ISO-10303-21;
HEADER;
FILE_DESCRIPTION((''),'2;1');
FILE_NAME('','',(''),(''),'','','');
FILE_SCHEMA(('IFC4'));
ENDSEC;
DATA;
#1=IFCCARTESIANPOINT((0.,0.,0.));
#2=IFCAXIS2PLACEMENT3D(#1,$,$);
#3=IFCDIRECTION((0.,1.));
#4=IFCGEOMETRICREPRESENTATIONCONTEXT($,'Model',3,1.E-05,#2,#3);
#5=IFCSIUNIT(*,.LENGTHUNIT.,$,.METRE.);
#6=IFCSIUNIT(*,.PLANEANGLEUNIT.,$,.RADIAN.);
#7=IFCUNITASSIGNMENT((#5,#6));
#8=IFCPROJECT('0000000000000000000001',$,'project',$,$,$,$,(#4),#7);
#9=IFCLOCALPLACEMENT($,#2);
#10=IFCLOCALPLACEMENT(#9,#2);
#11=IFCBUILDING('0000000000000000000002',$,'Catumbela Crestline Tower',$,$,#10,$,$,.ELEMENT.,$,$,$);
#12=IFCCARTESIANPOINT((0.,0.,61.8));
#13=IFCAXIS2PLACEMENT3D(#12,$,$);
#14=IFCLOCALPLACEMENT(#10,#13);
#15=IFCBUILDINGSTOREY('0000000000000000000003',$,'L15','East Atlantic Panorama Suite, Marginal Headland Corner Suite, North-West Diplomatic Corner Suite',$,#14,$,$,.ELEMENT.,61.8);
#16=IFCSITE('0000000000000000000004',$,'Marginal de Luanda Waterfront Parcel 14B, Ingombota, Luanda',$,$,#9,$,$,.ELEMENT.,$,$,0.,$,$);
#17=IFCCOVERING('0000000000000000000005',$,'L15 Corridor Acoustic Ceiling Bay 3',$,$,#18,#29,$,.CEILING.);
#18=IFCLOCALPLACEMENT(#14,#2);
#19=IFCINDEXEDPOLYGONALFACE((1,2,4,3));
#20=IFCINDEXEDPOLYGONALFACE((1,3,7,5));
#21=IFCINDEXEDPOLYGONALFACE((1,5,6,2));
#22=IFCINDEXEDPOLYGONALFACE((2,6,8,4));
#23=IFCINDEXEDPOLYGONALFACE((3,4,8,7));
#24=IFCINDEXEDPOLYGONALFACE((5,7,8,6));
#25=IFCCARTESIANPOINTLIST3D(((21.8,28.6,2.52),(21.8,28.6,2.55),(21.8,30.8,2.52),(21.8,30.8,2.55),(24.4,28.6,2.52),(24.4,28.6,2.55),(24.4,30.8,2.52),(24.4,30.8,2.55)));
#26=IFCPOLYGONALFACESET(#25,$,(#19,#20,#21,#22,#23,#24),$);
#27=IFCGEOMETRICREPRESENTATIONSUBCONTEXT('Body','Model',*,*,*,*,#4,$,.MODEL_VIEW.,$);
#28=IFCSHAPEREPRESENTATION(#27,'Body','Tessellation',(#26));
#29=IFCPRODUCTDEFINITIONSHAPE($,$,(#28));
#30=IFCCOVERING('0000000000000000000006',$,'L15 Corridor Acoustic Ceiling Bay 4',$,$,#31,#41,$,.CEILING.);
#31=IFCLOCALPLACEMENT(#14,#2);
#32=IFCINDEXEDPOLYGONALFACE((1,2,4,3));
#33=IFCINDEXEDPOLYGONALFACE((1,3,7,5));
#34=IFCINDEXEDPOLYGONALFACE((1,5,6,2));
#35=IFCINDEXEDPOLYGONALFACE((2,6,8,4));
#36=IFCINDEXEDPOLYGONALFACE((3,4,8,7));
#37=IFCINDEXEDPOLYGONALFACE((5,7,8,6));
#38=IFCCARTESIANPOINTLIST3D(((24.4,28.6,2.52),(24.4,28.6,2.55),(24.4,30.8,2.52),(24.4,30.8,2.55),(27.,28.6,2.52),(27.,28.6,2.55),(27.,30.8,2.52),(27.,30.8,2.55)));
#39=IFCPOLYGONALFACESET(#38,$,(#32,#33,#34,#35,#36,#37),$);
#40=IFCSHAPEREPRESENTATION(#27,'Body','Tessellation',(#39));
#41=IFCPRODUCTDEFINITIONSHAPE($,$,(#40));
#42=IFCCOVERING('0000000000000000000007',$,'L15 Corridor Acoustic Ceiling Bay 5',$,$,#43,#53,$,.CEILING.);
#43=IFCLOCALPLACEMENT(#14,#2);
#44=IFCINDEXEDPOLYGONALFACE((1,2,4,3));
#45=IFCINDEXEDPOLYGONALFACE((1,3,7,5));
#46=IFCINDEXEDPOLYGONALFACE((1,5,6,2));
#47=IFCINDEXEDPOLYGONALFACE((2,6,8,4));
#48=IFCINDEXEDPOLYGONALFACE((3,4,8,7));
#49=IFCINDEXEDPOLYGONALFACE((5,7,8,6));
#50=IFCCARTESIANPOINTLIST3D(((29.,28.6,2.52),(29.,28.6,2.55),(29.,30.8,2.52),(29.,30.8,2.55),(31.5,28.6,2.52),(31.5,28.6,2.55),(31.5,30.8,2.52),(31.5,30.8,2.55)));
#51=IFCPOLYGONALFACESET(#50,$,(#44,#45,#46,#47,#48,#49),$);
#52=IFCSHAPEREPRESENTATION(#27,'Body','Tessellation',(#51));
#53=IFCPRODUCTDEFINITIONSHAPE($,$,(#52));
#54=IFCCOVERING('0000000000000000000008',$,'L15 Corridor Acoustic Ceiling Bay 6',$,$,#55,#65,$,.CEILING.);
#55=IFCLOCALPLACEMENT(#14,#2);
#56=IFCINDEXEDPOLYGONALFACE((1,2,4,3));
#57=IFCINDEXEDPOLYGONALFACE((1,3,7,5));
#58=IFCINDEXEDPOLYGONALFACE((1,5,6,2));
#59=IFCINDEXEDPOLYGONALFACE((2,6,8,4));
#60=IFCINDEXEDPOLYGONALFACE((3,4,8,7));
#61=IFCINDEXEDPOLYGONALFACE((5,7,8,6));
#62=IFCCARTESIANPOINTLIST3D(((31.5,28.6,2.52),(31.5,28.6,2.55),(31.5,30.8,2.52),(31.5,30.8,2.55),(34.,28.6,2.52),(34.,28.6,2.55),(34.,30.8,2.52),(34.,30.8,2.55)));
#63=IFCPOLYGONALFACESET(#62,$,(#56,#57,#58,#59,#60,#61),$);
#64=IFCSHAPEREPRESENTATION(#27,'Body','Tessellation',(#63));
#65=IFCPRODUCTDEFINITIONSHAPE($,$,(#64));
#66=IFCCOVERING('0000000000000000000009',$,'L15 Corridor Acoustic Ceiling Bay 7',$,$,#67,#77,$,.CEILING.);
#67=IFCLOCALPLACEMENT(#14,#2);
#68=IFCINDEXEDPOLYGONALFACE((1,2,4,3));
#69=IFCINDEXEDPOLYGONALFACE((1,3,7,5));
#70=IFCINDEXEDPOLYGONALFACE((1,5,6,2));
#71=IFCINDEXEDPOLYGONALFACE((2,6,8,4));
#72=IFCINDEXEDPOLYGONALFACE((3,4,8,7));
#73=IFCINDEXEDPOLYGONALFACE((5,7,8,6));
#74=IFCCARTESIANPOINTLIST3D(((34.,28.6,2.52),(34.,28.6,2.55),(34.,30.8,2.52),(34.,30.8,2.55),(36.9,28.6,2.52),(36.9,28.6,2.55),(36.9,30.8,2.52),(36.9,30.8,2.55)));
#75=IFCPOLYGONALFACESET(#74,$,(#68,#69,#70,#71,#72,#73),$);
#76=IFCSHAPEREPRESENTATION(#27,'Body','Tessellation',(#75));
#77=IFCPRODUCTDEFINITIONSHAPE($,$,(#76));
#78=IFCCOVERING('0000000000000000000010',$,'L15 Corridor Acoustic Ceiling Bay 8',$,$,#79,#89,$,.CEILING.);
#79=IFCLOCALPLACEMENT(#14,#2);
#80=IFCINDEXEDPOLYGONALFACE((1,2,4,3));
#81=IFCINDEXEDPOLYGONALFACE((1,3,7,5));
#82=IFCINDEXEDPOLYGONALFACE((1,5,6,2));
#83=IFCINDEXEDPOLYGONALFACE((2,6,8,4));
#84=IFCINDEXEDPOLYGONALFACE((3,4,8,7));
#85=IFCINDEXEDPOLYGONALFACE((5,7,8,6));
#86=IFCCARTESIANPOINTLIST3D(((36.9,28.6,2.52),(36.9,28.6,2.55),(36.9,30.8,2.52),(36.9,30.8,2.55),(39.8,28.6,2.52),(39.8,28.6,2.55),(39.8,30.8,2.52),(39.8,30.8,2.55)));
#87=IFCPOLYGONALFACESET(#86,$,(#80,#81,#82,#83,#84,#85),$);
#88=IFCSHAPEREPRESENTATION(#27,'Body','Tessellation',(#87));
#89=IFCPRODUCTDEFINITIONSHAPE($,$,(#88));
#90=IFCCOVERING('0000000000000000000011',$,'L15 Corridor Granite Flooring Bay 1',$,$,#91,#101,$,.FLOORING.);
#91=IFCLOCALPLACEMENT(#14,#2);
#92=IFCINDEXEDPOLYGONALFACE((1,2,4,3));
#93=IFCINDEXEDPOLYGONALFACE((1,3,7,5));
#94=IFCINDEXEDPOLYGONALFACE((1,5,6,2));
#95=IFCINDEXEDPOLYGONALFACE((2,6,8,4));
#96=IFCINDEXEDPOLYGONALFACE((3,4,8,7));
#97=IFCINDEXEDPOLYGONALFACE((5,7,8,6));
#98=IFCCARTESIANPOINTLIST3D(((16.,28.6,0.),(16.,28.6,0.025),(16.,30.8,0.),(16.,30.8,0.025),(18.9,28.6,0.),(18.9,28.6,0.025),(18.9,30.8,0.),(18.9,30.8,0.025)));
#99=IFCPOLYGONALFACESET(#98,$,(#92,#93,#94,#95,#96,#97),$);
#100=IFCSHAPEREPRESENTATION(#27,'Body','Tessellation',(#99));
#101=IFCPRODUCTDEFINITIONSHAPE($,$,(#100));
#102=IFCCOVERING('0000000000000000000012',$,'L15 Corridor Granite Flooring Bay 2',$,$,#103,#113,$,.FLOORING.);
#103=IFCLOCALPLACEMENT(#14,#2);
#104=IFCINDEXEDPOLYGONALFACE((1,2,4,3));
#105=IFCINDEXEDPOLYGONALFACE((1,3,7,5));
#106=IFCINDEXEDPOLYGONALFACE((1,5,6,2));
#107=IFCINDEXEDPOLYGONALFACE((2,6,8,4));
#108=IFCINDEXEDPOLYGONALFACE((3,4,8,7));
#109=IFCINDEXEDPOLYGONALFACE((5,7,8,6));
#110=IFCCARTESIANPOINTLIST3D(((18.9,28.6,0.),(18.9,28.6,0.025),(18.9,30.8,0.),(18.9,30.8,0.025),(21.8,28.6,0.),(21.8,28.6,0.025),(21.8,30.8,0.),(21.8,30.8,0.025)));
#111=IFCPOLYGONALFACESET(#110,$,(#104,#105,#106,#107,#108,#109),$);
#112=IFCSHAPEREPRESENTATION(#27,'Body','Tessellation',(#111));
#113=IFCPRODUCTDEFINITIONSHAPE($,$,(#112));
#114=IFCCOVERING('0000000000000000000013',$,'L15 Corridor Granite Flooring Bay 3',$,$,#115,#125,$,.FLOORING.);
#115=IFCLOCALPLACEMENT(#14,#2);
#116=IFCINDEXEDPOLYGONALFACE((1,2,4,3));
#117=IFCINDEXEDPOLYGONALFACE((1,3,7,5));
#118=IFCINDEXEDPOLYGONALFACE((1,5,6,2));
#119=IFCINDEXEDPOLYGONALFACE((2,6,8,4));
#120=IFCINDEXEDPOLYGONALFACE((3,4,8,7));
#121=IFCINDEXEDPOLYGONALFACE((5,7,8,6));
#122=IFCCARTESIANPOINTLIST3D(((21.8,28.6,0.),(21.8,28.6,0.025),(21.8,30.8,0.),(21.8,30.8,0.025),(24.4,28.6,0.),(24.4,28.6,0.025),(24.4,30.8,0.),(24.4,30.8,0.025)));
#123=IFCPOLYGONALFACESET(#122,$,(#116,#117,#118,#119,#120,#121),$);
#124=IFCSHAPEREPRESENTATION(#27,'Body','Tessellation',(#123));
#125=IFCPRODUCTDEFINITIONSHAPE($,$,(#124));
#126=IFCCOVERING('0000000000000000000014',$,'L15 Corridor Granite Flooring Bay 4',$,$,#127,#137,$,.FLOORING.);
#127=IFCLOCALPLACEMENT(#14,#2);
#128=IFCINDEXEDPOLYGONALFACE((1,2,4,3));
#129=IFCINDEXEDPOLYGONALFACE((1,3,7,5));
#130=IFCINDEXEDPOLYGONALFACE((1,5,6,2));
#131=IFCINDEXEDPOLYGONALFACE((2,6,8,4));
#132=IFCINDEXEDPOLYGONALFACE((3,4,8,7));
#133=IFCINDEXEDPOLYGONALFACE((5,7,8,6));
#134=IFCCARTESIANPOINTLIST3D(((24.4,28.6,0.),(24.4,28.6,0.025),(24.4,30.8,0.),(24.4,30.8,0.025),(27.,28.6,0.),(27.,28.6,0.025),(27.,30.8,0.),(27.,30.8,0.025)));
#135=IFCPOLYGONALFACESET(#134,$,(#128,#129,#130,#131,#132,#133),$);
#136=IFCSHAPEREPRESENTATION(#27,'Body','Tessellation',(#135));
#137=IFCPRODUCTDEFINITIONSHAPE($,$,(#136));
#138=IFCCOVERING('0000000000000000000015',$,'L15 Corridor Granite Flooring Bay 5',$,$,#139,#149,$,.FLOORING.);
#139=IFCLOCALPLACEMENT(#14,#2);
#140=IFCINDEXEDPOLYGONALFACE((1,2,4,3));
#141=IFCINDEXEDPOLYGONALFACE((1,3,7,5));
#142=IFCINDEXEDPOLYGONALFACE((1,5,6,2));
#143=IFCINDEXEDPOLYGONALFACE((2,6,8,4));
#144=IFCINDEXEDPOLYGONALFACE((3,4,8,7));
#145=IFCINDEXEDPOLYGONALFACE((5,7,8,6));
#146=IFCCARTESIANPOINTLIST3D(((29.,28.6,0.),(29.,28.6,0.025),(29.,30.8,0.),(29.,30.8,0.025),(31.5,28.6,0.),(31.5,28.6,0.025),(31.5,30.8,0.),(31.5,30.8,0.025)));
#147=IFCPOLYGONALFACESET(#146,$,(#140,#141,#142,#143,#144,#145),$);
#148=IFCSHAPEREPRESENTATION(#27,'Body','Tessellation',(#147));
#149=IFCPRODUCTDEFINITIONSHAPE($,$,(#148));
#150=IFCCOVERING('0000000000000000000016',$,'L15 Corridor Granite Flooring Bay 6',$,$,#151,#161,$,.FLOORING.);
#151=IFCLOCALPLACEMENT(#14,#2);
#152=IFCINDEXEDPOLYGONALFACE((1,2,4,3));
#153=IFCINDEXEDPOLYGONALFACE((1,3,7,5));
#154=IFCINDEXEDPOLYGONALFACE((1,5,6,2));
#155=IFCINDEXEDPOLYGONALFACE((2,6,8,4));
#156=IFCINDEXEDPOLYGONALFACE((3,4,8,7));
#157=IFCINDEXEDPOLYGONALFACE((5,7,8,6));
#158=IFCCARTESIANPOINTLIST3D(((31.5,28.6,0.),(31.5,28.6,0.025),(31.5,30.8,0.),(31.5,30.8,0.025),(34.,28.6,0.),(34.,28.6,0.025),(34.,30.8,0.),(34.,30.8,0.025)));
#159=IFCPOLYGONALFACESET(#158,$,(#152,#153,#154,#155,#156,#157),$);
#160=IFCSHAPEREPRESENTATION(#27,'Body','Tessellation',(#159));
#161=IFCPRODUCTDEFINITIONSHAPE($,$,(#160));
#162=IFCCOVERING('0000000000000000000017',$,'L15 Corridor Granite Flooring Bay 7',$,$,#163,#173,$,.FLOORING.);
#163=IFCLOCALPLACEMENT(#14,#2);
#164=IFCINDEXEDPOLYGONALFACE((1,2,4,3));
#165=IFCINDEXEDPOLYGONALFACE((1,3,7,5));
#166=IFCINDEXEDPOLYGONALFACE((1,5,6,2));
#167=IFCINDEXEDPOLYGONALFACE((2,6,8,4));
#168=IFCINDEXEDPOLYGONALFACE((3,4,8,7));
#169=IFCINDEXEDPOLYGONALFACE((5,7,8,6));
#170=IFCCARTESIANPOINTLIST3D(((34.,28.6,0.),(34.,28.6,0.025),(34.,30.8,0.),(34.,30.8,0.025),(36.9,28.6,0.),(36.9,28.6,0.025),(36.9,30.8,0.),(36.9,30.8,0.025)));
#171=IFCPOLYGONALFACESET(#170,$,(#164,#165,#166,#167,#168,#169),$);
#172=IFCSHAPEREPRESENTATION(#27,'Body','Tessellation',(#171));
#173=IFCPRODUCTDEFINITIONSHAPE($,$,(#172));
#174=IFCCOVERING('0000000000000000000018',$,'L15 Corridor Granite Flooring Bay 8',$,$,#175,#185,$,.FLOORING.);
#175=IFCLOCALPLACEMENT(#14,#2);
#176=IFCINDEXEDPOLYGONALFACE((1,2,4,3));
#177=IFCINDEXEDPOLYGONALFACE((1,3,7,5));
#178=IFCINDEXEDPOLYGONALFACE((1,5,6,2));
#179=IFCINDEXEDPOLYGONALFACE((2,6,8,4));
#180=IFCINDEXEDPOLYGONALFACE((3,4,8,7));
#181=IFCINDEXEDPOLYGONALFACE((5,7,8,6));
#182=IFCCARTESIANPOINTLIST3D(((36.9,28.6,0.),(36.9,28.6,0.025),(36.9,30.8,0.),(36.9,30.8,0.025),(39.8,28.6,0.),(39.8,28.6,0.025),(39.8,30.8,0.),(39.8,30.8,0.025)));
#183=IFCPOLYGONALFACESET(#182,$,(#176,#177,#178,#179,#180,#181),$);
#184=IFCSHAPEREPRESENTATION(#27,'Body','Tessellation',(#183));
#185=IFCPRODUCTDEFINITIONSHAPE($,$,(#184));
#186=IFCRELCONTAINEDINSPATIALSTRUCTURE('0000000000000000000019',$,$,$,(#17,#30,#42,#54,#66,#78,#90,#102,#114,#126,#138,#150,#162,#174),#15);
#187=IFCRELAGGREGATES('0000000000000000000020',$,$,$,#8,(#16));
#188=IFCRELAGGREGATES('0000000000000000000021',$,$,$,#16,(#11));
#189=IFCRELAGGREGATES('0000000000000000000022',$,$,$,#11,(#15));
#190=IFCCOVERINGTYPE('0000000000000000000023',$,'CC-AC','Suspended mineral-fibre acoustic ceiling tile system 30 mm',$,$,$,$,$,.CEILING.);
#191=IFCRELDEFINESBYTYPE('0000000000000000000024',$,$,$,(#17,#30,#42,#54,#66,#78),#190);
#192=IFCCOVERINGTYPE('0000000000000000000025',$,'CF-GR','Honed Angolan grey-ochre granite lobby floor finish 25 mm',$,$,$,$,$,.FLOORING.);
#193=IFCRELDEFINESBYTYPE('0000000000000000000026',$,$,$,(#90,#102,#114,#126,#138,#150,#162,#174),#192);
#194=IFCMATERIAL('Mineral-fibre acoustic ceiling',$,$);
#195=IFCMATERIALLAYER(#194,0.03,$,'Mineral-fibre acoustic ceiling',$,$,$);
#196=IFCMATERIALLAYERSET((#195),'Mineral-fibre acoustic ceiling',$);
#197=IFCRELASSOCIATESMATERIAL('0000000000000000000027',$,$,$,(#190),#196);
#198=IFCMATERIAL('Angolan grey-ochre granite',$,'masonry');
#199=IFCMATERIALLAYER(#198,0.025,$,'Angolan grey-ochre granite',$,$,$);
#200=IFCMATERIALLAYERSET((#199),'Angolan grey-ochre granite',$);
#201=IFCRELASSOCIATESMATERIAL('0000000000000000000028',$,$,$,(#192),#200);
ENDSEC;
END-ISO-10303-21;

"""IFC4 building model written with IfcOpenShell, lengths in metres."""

from ifc_helpers import new_model, si_unit, direction, frame, origin, place, context, subcontext, project, spatial, polyline, outline, extrude, material, layer, layer_set, type_object, element, save


model = new_model("IFC4")

# Units and contexts
model_context = context("Model", 3, precision=1e-05, world=origin(), true_north=direction((0.0, 1.0)))
body_context = subcontext(model_context, "Body", "Model", "MODEL_VIEW")
ifc_project = project(units=[si_unit("LENGTHUNIT", "METRE"), si_unit("PLANEANGLEUNIT", "RADIAN")], contexts=[model_context])

# Site, building, storey
site_placement = place(None, origin())
site = spatial("IfcSite", under=ifc_project, at=site_placement, Name="Marginal de Luanda Waterfront Parcel 14B, Ingombota, Luanda", CompositionType="ELEMENT", RefElevation=0.0)
building_placement = place(site_placement, origin())
building = spatial("IfcBuilding", under=site, at=building_placement, Name="Catumbela Crestline Tower", CompositionType="ELEMENT")
storey_placement = place(building_placement, frame((0.0, 0.0, 61.8)))
storey = spatial("IfcBuildingStorey", under=building, at=storey_placement, Name="L15", Description="East Atlantic Panorama Suite, Marginal Headland Corner Suite, North-West Diplomatic Corner Suite", CompositionType="ELEMENT", Elevation=61.8)

# Shared definitions
ifc_material_1 = material(Name="Angolan grey-ochre granite", Category="masonry")

# Coverings
ifc_material_2 = material(Name="Mineral-fibre acoustic ceiling")
ifc_layer_1 = layer(ifc_material_2, 0.03, Name="Mineral-fibre acoustic ceiling")
ifc_layer_set_1 = layer_set([ifc_layer_1], Name="Mineral-fibre acoustic ceiling")
covering_type_1 = type_object("IfcCoveringType", Name="CC-AC", Description="Suspended mineral-fibre acoustic ceiling tile system 30 mm", PredefinedType="CEILING", material=ifc_layer_set_1)
covering_1_placement = place(storey_placement, frame((0.0, 0.0, 2.52)))
element("IfcCovering", 1, at=covering_1_placement, inside=storey, type_object=covering_type_1, Name="L15 Corridor Acoustic Ceiling Bay 3", PredefinedType="CEILING", context=body_context, shape_type="SweptSolid", body=[
    extrude(outline(polyline([(21.8, 28.6), (24.4, 28.6), (24.4, 30.8), (21.8, 30.8), (21.8, 28.6)])), origin(), (0.0, 0.0, 1.0), 0.03),
])
covering_2_placement = place(storey_placement, frame((0.0, 0.0, 2.52)))
element("IfcCovering", 2, at=covering_2_placement, inside=storey, type_object=covering_type_1, Name="L15 Corridor Acoustic Ceiling Bay 4", PredefinedType="CEILING", context=body_context, shape_type="SweptSolid", body=[
    extrude(outline(polyline([(24.4, 28.6), (27.0, 28.6), (27.0, 30.8), (24.4, 30.8), (24.4, 28.6)])), origin(), (0.0, 0.0, 1.0), 0.03),
])
covering_3_placement = place(storey_placement, frame((0.0, 0.0, 2.52)))
element("IfcCovering", 3, at=covering_3_placement, inside=storey, type_object=covering_type_1, Name="L15 Corridor Acoustic Ceiling Bay 5", PredefinedType="CEILING", context=body_context, shape_type="SweptSolid", body=[
    extrude(outline(polyline([(29.0, 28.6), (31.5, 28.6), (31.5, 30.8), (29.0, 30.8), (29.0, 28.6)])), origin(), (0.0, 0.0, 1.0), 0.03),
])
covering_4_placement = place(storey_placement, frame((0.0, 0.0, 2.52)))
element("IfcCovering", 4, at=covering_4_placement, inside=storey, type_object=covering_type_1, Name="L15 Corridor Acoustic Ceiling Bay 6", PredefinedType="CEILING", context=body_context, shape_type="SweptSolid", body=[
    extrude(outline(polyline([(31.5, 28.6), (34.0, 28.6), (34.0, 30.8), (31.5, 30.8), (31.5, 28.6)])), origin(), (0.0, 0.0, 1.0), 0.03),
])
covering_5_placement = place(storey_placement, frame((0.0, 0.0, 2.52)))
element("IfcCovering", 5, at=covering_5_placement, inside=storey, type_object=covering_type_1, Name="L15 Corridor Acoustic Ceiling Bay 7", PredefinedType="CEILING", context=body_context, shape_type="SweptSolid", body=[
    extrude(outline(polyline([(34.0, 28.6), (36.9, 28.6), (36.9, 30.8), (34.0, 30.8), (34.0, 28.6)])), origin(), (0.0, 0.0, 1.0), 0.03),
])
covering_6_placement = place(storey_placement, frame((0.0, 0.0, 2.52)))
element("IfcCovering", 6, at=covering_6_placement, inside=storey, type_object=covering_type_1, Name="L15 Corridor Acoustic Ceiling Bay 8", PredefinedType="CEILING", context=body_context, shape_type="SweptSolid", body=[
    extrude(outline(polyline([(36.9, 28.6), (39.8, 28.6), (39.8, 30.8), (36.9, 30.8), (36.9, 28.6)])), origin(), (0.0, 0.0, 1.0), 0.03),
])
ifc_layer_2 = layer(ifc_material_1, 0.025, Name="Angolan grey-ochre granite")
ifc_layer_set_2 = layer_set([ifc_layer_2], Name="Angolan grey-ochre granite")
covering_type_2 = type_object("IfcCoveringType", Name="CF-GR", Description="Honed Angolan grey-ochre granite lobby floor finish 25 mm", PredefinedType="FLOORING", material=ifc_layer_set_2)
covering_7_placement = place(storey_placement, origin())
element("IfcCovering", 7, at=covering_7_placement, inside=storey, type_object=covering_type_2, Name="L15 Corridor Granite Flooring Bay 1", PredefinedType="FLOORING", context=body_context, shape_type="SweptSolid", body=[
    extrude(outline(polyline([(16.0, 28.6), (18.9, 28.6), (18.9, 30.8), (16.0, 30.8), (16.0, 28.6)])), origin(), (0.0, 0.0, 1.0), 0.025),
])
covering_8_placement = place(storey_placement, origin())
element("IfcCovering", 8, at=covering_8_placement, inside=storey, type_object=covering_type_2, Name="L15 Corridor Granite Flooring Bay 2", PredefinedType="FLOORING", context=body_context, shape_type="SweptSolid", body=[
    extrude(outline(polyline([(18.9, 28.6), (21.8, 28.6), (21.8, 30.8), (18.9, 30.8), (18.9, 28.6)])), origin(), (0.0, 0.0, 1.0), 0.025),
])
covering_9_placement = place(storey_placement, origin())
element("IfcCovering", 9, at=covering_9_placement, inside=storey, type_object=covering_type_2, Name="L15 Corridor Granite Flooring Bay 3", PredefinedType="FLOORING", context=body_context, shape_type="SweptSolid", body=[
    extrude(outline(polyline([(21.8, 28.6), (24.4, 28.6), (24.4, 30.8), (21.8, 30.8), (21.8, 28.6)])), origin(), (0.0, 0.0, 1.0), 0.025),
])
covering_10_placement = place(storey_placement, origin())
element("IfcCovering", 10, at=covering_10_placement, inside=storey, type_object=covering_type_2, Name="L15 Corridor Granite Flooring Bay 4", PredefinedType="FLOORING", context=body_context, shape_type="SweptSolid", body=[
    extrude(outline(polyline([(24.4, 28.6), (27.0, 28.6), (27.0, 30.8), (24.4, 30.8), (24.4, 28.6)])), origin(), (0.0, 0.0, 1.0), 0.025),
])
covering_11_placement = place(storey_placement, origin())
element("IfcCovering", 11, at=covering_11_placement, inside=storey, type_object=covering_type_2, Name="L15 Corridor Granite Flooring Bay 5", PredefinedType="FLOORING", context=body_context, shape_type="SweptSolid", body=[
    extrude(outline(polyline([(29.0, 28.6), (31.5, 28.6), (31.5, 30.8), (29.0, 30.8), (29.0, 28.6)])), origin(), (0.0, 0.0, 1.0), 0.025),
])
covering_12_placement = place(storey_placement, origin())
element("IfcCovering", 12, at=covering_12_placement, inside=storey, type_object=covering_type_2, Name="L15 Corridor Granite Flooring Bay 6", PredefinedType="FLOORING", context=body_context, shape_type="SweptSolid", body=[
    extrude(outline(polyline([(31.5, 28.6), (34.0, 28.6), (34.0, 30.8), (31.5, 30.8), (31.5, 28.6)])), origin(), (0.0, 0.0, 1.0), 0.025),
])
covering_13_placement = place(storey_placement, origin())
element("IfcCovering", 13, at=covering_13_placement, inside=storey, type_object=covering_type_2, Name="L15 Corridor Granite Flooring Bay 7", PredefinedType="FLOORING", context=body_context, shape_type="SweptSolid", body=[
    extrude(outline(polyline([(34.0, 28.6), (36.9, 28.6), (36.9, 30.8), (34.0, 30.8), (34.0, 28.6)])), origin(), (0.0, 0.0, 1.0), 0.025),
])
covering_14_placement = place(storey_placement, origin())
element("IfcCovering", 14, at=covering_14_placement, inside=storey, type_object=covering_type_2, Name="L15 Corridor Granite Flooring Bay 8", PredefinedType="FLOORING", context=body_context, shape_type="SweptSolid", body=[
    extrude(outline(polyline([(36.9, 28.6), (39.8, 28.6), (39.8, 30.8), (36.9, 30.8), (36.9, 28.6)])), origin(), (0.0, 0.0, 1.0), 0.025),
])

save(model, "model.ifc")
